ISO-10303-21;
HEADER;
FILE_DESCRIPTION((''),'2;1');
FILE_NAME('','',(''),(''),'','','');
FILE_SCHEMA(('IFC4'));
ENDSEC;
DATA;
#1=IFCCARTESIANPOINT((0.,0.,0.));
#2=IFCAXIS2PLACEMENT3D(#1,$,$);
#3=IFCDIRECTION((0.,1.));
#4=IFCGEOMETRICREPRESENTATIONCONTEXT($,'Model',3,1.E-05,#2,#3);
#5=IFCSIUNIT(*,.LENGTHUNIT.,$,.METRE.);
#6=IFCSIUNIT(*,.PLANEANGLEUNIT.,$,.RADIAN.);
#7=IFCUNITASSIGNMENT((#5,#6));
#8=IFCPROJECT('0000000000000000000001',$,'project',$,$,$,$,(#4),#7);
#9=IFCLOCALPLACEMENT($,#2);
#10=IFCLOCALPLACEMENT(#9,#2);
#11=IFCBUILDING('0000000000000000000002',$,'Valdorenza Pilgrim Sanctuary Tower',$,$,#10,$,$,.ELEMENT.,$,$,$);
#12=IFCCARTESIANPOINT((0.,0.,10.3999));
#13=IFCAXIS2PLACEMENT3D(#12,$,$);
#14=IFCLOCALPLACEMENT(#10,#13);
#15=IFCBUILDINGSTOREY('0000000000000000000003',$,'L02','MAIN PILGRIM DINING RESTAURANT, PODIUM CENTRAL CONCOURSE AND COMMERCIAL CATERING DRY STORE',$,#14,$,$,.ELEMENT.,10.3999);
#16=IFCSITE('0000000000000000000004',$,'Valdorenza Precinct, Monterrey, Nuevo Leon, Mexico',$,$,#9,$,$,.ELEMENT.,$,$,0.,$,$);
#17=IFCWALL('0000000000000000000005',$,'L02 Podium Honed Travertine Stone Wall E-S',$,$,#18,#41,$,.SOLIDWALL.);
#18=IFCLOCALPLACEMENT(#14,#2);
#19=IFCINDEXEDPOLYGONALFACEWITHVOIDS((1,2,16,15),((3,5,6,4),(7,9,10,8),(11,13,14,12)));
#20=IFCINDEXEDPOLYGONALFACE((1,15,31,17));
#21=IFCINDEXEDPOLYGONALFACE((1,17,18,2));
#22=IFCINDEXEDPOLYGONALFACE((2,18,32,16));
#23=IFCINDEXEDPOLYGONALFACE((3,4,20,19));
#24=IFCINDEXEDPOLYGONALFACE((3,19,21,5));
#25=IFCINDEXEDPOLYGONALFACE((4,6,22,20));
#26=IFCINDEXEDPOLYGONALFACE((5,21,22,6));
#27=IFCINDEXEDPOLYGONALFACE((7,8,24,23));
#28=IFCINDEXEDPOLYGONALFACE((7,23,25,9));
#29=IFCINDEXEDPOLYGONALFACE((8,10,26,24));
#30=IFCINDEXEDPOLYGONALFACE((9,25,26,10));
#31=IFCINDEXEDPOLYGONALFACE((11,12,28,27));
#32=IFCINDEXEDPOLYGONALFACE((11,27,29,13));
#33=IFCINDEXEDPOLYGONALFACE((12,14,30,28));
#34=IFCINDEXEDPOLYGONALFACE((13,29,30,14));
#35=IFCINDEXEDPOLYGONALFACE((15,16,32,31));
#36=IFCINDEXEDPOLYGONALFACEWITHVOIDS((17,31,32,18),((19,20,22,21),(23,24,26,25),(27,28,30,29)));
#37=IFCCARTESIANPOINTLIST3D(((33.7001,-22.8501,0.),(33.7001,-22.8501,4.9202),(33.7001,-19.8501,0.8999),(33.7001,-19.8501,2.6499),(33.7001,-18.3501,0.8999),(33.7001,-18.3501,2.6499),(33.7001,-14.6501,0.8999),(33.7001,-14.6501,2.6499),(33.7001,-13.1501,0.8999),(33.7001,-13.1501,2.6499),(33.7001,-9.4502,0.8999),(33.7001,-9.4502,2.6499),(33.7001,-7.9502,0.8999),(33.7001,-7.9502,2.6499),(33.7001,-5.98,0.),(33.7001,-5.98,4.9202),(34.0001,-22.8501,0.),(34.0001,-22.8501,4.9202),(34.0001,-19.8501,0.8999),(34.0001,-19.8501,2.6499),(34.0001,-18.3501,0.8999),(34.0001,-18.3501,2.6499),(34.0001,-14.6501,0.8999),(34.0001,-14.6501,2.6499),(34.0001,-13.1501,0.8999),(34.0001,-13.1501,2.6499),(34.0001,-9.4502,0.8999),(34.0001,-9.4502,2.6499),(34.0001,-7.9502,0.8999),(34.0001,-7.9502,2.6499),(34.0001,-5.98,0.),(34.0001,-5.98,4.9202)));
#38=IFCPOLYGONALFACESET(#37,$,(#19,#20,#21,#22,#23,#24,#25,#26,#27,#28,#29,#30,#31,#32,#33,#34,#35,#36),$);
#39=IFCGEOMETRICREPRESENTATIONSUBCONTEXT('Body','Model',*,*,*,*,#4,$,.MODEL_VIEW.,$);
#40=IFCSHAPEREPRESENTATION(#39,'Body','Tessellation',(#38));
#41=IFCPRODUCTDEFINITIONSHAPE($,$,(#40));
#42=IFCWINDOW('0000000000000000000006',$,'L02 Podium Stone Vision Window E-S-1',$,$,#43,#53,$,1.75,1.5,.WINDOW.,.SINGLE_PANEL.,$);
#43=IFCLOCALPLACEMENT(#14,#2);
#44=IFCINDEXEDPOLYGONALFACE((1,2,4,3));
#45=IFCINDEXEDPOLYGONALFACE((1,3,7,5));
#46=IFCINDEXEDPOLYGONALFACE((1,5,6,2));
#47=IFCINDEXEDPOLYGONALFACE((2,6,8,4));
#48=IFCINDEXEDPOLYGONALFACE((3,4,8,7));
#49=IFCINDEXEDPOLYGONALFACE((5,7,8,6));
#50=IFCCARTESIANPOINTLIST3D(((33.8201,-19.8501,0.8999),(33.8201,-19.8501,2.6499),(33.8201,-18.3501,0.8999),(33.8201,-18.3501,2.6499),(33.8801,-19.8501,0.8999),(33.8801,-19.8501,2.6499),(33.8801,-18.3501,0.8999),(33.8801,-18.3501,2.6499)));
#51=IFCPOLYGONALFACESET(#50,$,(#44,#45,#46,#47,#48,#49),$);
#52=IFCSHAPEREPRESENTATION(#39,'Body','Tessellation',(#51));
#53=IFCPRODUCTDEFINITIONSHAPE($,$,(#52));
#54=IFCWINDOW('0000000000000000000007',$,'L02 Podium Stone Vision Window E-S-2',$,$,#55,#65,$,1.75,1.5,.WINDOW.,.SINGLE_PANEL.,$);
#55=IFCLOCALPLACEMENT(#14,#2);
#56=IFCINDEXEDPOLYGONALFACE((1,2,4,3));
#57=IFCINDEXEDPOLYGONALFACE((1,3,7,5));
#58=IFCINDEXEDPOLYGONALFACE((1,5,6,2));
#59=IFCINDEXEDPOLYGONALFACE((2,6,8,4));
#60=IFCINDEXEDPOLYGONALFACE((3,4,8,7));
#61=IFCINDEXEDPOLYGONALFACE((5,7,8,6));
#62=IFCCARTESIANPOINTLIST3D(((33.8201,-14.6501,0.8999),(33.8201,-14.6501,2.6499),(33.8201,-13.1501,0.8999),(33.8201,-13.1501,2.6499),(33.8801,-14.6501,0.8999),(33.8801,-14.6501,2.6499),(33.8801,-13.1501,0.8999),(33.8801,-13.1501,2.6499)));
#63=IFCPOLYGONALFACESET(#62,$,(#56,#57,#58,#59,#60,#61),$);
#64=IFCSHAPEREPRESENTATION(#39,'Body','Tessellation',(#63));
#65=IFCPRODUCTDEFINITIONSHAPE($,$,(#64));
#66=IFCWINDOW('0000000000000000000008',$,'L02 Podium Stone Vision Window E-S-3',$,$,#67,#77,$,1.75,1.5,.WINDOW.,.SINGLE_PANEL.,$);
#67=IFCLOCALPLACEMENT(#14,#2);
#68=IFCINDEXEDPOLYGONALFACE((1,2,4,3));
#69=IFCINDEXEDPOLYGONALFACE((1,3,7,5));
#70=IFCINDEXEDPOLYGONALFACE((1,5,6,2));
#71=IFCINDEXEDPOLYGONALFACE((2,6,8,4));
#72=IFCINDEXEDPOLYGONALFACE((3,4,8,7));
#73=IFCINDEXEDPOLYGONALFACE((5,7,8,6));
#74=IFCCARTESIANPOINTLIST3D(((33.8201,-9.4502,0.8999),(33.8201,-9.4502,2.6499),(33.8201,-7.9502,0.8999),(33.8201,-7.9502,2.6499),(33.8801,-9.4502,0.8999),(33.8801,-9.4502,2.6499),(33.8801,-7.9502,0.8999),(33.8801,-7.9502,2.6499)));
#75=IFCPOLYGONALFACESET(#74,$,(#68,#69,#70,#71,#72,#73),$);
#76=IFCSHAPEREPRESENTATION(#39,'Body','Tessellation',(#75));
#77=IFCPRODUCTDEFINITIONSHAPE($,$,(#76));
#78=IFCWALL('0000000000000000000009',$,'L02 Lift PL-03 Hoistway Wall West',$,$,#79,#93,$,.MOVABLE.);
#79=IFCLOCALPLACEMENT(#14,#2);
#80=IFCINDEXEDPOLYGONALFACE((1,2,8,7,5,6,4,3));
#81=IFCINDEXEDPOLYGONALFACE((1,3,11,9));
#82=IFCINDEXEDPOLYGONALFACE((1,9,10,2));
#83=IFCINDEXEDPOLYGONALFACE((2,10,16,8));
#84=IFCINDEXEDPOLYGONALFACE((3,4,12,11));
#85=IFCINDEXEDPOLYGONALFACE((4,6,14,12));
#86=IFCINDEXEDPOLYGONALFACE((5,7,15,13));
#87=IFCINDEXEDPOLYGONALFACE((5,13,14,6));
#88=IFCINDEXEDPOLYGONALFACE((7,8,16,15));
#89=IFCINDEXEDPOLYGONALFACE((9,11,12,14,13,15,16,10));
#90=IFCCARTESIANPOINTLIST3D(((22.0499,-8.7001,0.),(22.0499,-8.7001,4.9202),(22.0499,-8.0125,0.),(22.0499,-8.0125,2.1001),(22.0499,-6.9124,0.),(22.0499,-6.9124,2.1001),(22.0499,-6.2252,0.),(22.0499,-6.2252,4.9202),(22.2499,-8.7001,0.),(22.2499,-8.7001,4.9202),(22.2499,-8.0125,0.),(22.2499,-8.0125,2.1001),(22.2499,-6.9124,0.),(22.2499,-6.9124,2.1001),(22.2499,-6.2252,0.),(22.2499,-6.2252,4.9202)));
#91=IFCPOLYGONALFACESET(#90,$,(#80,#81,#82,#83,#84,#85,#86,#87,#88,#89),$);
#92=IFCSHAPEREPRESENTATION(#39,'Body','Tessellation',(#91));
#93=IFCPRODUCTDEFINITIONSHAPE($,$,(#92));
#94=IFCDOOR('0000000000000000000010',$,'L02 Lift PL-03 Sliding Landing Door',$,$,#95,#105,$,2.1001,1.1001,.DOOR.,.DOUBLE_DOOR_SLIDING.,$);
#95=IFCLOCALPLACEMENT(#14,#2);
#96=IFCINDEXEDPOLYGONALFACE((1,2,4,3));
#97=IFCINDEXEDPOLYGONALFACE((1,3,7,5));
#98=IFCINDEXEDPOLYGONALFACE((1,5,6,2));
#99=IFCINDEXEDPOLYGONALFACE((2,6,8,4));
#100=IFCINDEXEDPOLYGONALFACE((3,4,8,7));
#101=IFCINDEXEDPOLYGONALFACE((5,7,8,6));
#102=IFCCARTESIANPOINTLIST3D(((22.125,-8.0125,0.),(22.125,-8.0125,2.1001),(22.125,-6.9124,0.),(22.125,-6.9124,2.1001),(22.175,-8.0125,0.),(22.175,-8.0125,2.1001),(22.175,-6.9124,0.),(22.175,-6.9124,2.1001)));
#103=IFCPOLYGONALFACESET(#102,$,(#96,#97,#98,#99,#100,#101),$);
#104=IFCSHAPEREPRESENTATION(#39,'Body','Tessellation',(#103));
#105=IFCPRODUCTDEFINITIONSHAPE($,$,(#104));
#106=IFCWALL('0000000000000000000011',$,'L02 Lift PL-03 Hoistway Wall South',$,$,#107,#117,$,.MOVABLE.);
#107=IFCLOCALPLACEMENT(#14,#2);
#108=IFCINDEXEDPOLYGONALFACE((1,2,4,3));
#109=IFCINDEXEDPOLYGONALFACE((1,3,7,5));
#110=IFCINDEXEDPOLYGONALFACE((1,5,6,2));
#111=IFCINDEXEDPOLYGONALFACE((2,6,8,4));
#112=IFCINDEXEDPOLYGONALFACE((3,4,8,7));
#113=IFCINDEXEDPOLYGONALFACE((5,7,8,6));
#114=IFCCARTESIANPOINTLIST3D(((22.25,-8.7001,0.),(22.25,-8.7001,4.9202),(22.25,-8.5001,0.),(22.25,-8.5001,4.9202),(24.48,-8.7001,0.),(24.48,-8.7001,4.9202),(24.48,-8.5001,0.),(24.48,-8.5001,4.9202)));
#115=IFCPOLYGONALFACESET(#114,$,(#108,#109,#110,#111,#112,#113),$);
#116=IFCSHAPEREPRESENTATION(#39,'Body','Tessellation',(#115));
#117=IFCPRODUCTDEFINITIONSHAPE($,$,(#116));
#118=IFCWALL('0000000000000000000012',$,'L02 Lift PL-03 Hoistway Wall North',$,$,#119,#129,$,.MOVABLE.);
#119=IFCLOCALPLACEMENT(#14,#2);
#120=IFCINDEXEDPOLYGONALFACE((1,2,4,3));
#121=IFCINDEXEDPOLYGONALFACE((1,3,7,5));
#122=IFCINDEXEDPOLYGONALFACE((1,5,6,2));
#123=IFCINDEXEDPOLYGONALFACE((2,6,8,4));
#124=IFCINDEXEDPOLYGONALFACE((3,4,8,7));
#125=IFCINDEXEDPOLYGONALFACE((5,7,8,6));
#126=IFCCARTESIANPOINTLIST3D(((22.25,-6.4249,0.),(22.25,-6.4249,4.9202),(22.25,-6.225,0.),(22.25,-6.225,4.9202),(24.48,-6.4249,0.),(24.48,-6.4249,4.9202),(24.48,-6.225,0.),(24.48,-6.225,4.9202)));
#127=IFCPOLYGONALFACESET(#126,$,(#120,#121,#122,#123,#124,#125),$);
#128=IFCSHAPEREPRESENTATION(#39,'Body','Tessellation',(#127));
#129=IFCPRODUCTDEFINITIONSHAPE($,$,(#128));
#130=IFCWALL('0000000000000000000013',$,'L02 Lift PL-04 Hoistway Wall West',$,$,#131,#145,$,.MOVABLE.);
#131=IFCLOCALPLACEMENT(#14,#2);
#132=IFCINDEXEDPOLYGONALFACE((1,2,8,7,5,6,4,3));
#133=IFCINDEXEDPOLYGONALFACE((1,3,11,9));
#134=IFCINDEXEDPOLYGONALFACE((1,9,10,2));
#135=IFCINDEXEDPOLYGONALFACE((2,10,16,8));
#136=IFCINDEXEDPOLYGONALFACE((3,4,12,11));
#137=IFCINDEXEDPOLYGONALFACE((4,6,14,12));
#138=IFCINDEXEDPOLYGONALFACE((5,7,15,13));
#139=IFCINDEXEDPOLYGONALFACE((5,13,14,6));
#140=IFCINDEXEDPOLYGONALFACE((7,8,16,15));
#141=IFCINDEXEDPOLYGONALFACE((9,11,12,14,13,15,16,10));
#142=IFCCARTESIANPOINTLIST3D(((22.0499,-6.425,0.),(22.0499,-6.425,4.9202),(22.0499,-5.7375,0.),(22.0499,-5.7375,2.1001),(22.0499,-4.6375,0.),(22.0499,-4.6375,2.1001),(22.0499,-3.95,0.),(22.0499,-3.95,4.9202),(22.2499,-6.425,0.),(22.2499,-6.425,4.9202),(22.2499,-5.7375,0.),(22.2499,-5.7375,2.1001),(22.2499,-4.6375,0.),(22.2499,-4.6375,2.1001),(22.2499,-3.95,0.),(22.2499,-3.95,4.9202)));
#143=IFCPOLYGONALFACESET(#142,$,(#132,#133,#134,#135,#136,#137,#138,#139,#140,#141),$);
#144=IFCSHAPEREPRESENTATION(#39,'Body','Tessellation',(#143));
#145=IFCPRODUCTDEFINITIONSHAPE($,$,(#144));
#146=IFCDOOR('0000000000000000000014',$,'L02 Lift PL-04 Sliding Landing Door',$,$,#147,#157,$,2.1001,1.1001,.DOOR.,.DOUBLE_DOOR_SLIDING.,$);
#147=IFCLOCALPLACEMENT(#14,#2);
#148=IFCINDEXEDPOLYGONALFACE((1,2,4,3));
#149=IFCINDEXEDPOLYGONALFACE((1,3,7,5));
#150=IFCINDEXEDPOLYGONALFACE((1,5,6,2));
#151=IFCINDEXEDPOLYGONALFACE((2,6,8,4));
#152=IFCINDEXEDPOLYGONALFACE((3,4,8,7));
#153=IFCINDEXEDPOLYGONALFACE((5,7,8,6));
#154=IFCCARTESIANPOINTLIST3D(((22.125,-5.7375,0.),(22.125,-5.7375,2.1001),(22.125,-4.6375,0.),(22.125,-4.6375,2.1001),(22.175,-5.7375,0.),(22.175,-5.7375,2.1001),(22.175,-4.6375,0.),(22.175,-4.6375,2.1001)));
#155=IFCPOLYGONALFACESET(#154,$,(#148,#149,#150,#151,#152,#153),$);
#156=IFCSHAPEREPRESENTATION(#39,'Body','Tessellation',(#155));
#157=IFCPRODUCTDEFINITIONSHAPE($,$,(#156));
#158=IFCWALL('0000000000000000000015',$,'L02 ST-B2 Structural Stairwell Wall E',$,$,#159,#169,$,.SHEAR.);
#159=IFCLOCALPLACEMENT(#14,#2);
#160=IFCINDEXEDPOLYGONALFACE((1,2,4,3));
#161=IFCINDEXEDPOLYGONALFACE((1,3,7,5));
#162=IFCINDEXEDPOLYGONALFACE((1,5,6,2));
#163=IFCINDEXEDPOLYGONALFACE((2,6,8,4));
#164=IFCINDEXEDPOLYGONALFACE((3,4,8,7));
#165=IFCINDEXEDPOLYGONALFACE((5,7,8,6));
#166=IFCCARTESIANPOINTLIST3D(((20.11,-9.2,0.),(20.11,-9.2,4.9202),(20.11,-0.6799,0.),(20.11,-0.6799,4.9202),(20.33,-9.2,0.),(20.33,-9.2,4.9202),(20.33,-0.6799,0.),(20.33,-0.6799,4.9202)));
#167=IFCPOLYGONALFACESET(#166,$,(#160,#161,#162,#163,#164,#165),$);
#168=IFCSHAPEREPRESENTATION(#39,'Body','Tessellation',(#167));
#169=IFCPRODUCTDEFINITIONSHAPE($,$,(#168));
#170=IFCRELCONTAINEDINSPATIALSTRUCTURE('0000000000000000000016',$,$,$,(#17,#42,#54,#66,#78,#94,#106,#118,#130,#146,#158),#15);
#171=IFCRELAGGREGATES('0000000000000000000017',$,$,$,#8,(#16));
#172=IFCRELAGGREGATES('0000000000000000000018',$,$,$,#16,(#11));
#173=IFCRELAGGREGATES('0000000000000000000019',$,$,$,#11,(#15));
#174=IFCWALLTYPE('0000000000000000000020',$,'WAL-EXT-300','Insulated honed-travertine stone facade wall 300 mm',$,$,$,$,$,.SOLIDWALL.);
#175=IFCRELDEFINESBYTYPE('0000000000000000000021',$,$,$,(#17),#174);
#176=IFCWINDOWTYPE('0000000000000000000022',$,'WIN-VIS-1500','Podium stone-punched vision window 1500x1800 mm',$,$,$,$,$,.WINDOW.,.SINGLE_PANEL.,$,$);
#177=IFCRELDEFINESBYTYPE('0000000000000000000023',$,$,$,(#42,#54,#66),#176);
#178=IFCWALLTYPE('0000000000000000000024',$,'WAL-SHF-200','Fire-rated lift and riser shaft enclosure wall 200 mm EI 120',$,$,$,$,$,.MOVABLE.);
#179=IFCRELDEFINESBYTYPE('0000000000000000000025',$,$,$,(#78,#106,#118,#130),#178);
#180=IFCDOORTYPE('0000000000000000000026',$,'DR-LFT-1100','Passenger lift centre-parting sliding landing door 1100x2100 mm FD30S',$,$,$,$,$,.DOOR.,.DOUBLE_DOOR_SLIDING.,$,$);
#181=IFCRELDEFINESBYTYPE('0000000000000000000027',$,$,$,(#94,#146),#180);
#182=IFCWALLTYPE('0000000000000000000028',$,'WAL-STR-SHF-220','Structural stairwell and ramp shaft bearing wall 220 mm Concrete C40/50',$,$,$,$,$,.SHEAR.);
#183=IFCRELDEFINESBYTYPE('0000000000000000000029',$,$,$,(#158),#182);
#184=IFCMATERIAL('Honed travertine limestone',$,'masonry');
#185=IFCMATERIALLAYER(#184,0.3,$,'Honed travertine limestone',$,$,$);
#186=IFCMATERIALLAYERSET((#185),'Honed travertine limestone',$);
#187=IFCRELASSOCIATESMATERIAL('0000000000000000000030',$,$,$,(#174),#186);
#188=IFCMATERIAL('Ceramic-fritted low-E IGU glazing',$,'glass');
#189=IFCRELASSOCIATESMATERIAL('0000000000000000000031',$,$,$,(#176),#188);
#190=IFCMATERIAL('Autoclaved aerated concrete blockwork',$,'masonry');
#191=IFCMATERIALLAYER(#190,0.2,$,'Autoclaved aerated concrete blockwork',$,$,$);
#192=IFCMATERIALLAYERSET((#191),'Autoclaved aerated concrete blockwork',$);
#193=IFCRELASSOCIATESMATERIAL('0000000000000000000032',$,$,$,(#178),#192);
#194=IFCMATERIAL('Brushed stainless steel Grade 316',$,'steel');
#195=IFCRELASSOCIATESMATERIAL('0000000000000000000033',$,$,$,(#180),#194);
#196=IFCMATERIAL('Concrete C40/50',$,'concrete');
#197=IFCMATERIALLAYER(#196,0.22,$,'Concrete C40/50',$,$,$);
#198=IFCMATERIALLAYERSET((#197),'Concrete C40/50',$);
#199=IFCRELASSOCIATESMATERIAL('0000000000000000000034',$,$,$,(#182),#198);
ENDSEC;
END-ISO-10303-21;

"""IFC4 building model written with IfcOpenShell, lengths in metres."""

from ifc_helpers import new_model, si_unit, direction, frame, frame_2d, origin, place, context, subcontext, project, spatial, rectangle, extrude, material, layer, layer_set, type_object, element, fill, save


model = new_model("IFC4")

# Units and contexts
model_context = context("Model", 3, precision=1e-05, world=origin(), true_north=direction((0.0, 1.0)))
body_context = subcontext(model_context, "Body", "Model", "MODEL_VIEW")
ifc_project = project(units=[si_unit("LENGTHUNIT", "METRE"), si_unit("PLANEANGLEUNIT", "RADIAN")], contexts=[model_context])

# Site, building, storey
site_placement = place(None, origin())
site = spatial("IfcSite", under=ifc_project, at=site_placement, Name="Valdorenza Precinct, Monterrey, Nuevo Leon, Mexico", CompositionType="ELEMENT", RefElevation=0.0)
building_placement = place(site_placement, origin())
building = spatial("IfcBuilding", under=site, at=building_placement, Name="Valdorenza Pilgrim Sanctuary Tower", CompositionType="ELEMENT")
storey_placement = place(building_placement, frame((0.0, 0.0, 10.3999)))
storey = spatial("IfcBuildingStorey", under=building, at=storey_placement, Name="L02", Description="MAIN PILGRIM DINING RESTAURANT, PODIUM CENTRAL CONCOURSE AND COMMERCIAL CATERING DRY STORE", CompositionType="ELEMENT", Elevation=10.3999)

# Wall, openings, windows
ifc_material_1 = material(Name="Honed travertine limestone", Category="masonry")
ifc_layer_1 = layer(ifc_material_1, 0.3, Name="Honed travertine limestone")
ifc_layer_set_1 = layer_set([ifc_layer_1], Name="Honed travertine limestone")
wall_type_1 = type_object("IfcWallType", Name="WAL-EXT-300", Description="Insulated honed-travertine stone facade wall 300 mm", PredefinedType="SOLIDWALL", material=ifc_layer_set_1)
wall_1_placement = place(storey_placement, frame((33.8501, -22.8501, 0.0), z_axis=(0.0, 0.0, 1.0), x_axis=(0.0, 1.0, 0.0)))
wall_1 = element("IfcWall", 1, at=wall_1_placement, inside=storey, type_object=wall_type_1, Name="L02 Podium Honed Travertine Stone Wall E-S", PredefinedType="SOLIDWALL", context=body_context, shape_type="SweptSolid", body=[
    extrude(rectangle(XDim=16.8701, YDim=0.3, at=frame_2d((8.4351, 0.0))), origin(), (0.0, 0.0, 1.0), 4.9202),
])
opening_1_placement = place(wall_1_placement, frame((3.0, 0.0, 0.8999)))
opening_1 = element("IfcOpeningElement", 2, at=opening_1_placement, cuts=wall_1, PredefinedType="OPENING", context=body_context, shape_type="SweptSolid", body=[
    extrude(rectangle(XDim=1.5, YDim=1.75, at=frame_2d((0.75, 0.875))), frame((0.0, 0.165, 0.0), z_axis=(0.0, -1.0, 0.0), x_axis=(1.0, 0.0, 0.0)), (0.0, 0.0, 1.0), 0.3298),
])
opening_2_placement = place(wall_1_placement, frame((8.2, 0.0, 0.8999)))
opening_2 = element("IfcOpeningElement", 3, at=opening_2_placement, cuts=wall_1, PredefinedType="OPENING", context=body_context, shape_type="SweptSolid", body=[
    extrude(rectangle(XDim=1.5, YDim=1.75, at=frame_2d((0.75, 0.875))), frame((0.0, 0.165, 0.0), z_axis=(0.0, -1.0, 0.0), x_axis=(1.0, 0.0, 0.0)), (0.0, 0.0, 1.0), 0.3298),
])
opening_3_placement = place(wall_1_placement, frame((13.3999, 0.0, 0.8999)))
opening_3 = element("IfcOpeningElement", 4, at=opening_3_placement, cuts=wall_1, PredefinedType="OPENING", context=body_context, shape_type="SweptSolid", body=[
    extrude(rectangle(XDim=1.5, YDim=1.75, at=frame_2d((0.75, 0.875))), frame((0.0, 0.165, 0.0), z_axis=(0.0, -1.0, 0.0), x_axis=(1.0, 0.0, 0.0)), (0.0, 0.0, 1.0), 0.3298),
])
ifc_material_2 = material(Name="Ceramic-fritted low-E IGU glazing", Category="glass")
window_type = type_object("IfcWindowType", Name="WIN-VIS-1500", Description="Podium stone-punched vision window 1500x1800 mm", PartitioningType="SINGLE_PANEL", PredefinedType="WINDOW", material=ifc_material_2)
window_1_placement = place(opening_1_placement, origin())
window_1 = element("IfcWindow", 5, at=window_1_placement, inside=storey, type_object=window_type, Name="L02 Podium Stone Vision Window E-S-1", OverallHeight=1.75, OverallWidth=1.5, PartitioningType="SINGLE_PANEL", PredefinedType="WINDOW", context=body_context, shape_type="SweptSolid", body=[
    extrude(rectangle(XDim=1.5, YDim=1.75, at=frame_2d((0.75, 0.875))), frame((0.0, 0.03, 0.0), z_axis=(0.0, -1.0, 0.0), x_axis=(1.0, 0.0, 0.0)), (0.0, 0.0, 1.0), 0.0601),
])
fill(opening_1, window_1)
window_2_placement = place(opening_2_placement, origin())
window_2 = element("IfcWindow", 6, at=window_2_placement, inside=storey, type_object=window_type, Name="L02 Podium Stone Vision Window E-S-2", OverallHeight=1.75, OverallWidth=1.5, PartitioningType="SINGLE_PANEL", PredefinedType="WINDOW", context=body_context, shape_type="SweptSolid", body=[
    extrude(rectangle(XDim=1.5, YDim=1.75, at=frame_2d((0.75, 0.875))), frame((0.0, 0.03, 0.0), z_axis=(0.0, -1.0, 0.0), x_axis=(1.0, 0.0, 0.0)), (0.0, 0.0, 1.0), 0.0601),
])
fill(opening_2, window_2)
window_3_placement = place(opening_3_placement, origin())
window_3 = element("IfcWindow", 7, at=window_3_placement, inside=storey, type_object=window_type, Name="L02 Podium Stone Vision Window E-S-3", OverallHeight=1.75, OverallWidth=1.5, PartitioningType="SINGLE_PANEL", PredefinedType="WINDOW", context=body_context, shape_type="SweptSolid", body=[
    extrude(rectangle(XDim=1.5, YDim=1.75, at=frame_2d((0.75, 0.875))), frame((0.0, 0.03, 0.0), z_axis=(0.0, -1.0, 0.0), x_axis=(1.0, 0.0, 0.0)), (0.0, 0.0, 1.0), 0.0601),
])
fill(opening_3, window_3)

# Wall, opening, door
ifc_material_3 = material(Name="Autoclaved aerated concrete blockwork", Category="masonry")
ifc_layer_2 = layer(ifc_material_3, 0.2, Name="Autoclaved aerated concrete blockwork")
ifc_layer_set_2 = layer_set([ifc_layer_2], Name="Autoclaved aerated concrete blockwork")
wall_type_2 = type_object("IfcWallType", Name="WAL-SHF-200", Description="Fire-rated lift and riser shaft enclosure wall 200 mm EI 120", PredefinedType="MOVABLE", material=ifc_layer_set_2)
wall_2_placement = place(storey_placement, frame((22.1499, -8.7, 0.0), z_axis=(0.0, 0.0, 1.0), x_axis=(0.0, 1.0, 0.0)))
wall_2 = element("IfcWall", 8, at=wall_2_placement, inside=storey, type_object=wall_type_2, Name="L02 Lift PL-03 Hoistway Wall West", PredefinedType="MOVABLE", context=body_context, shape_type="SweptSolid", body=[
    extrude(rectangle(XDim=2.4749, YDim=0.2, at=frame_2d((1.2373, 0.0))), origin(), (0.0, 0.0, 1.0), 4.9202),
])
opening_4_placement = place(wall_2_placement, frame((0.6875, 0.0, 0.0)))
opening_4 = element("IfcOpeningElement", 9, at=opening_4_placement, cuts=wall_2, PredefinedType="OPENING", context=body_context, shape_type="SweptSolid", body=[
    extrude(rectangle(XDim=1.1001, YDim=2.1001, at=frame_2d((0.55, 1.05))), frame((0.0, 0.1147, 0.0), z_axis=(0.0, -1.0, 0.0), x_axis=(1.0, 0.0, 0.0)), (0.0, 0.0, 1.0), 0.2297),
])
ifc_material_4 = material(Name="Brushed stainless steel Grade 316", Category="steel")
door_type_1 = type_object("IfcDoorType", Name="DR-LFT-1100", Description="Passenger lift centre-parting sliding landing door 1100x2100 mm FD30S", OperationType="DOUBLE_DOOR_SLIDING", PredefinedType="DOOR", material=ifc_material_4)
door_1_placement = place(opening_4_placement, origin())
door_1 = element("IfcDoor", 10, at=door_1_placement, inside=storey, type_object=door_type_1, Name="L02 Lift PL-03 Sliding Landing Door", OperationType="DOUBLE_DOOR_SLIDING", OverallHeight=2.1001, OverallWidth=1.1001, PredefinedType="DOOR", context=body_context, shape_type="SweptSolid", body=[
    extrude(rectangle(XDim=1.1001, YDim=2.1001, at=frame_2d((0.55, 1.05))), frame((0.0, 0.0249, 0.0), z_axis=(0.0, -1.0, 0.0), x_axis=(1.0, 0.0, 0.0)), (0.0, 0.0, 1.0), 0.05),
])
fill(opening_4, door_1)

# Walls
for number, where, z_axis, x_axis, name in (
    (11, (22.25, -8.6001, 0.0), (0.0, 0.0, 1.0), (1.0, 0.0, 0.0), "L02 Lift PL-03 Hoistway Wall South"),
    (12, (22.25, -6.325, 0.0), (0.0, 0.0, 1.0), (1.0, 0.0, 0.0), "L02 Lift PL-03 Hoistway Wall North"),
):
    element("IfcWall", number, at=place(storey_placement, frame(where, z_axis=z_axis, x_axis=x_axis)), inside=storey, type_object=wall_type_2, Name=name, PredefinedType="MOVABLE", context=body_context, shape_type="SweptSolid", body=[
        extrude(rectangle(XDim=2.23, YDim=0.2, at=frame_2d((1.115, 0.0))), origin(), (0.0, 0.0, 1.0), 4.9202),
    ])

# Wall, opening, door
wall_3_placement = place(storey_placement, frame((22.1499, -6.425, 0.0), z_axis=(0.0, 0.0, 1.0), x_axis=(0.0, 1.0, 0.0)))
wall_3 = element("IfcWall", 13, at=wall_3_placement, inside=storey, type_object=wall_type_2, Name="L02 Lift PL-04 Hoistway Wall West", PredefinedType="MOVABLE", context=body_context, shape_type="SweptSolid", body=[
    extrude(rectangle(XDim=2.4751, YDim=0.2, at=frame_2d((1.2375, 0.0))), origin(), (0.0, 0.0, 1.0), 4.9202),
])
opening_5_placement = place(wall_3_placement, frame((0.6875, 0.0, 0.0)))
opening_5 = element("IfcOpeningElement", 14, at=opening_5_placement, cuts=wall_3, PredefinedType="OPENING", context=body_context, shape_type="SweptSolid", body=[
    extrude(rectangle(XDim=1.1001, YDim=2.1001, at=frame_2d((0.55, 1.05))), frame((0.0, 0.1147, 0.0), z_axis=(0.0, -1.0, 0.0), x_axis=(1.0, 0.0, 0.0)), (0.0, 0.0, 1.0), 0.2297),
])
door_2_placement = place(opening_5_placement, origin())
door_2 = element("IfcDoor", 15, at=door_2_placement, inside=storey, type_object=door_type_1, Name="L02 Lift PL-04 Sliding Landing Door", OperationType="DOUBLE_DOOR_SLIDING", OverallHeight=2.1001, OverallWidth=1.1001, PredefinedType="DOOR", context=body_context, shape_type="SweptSolid", body=[
    extrude(rectangle(XDim=1.1001, YDim=2.1001, at=frame_2d((0.55, 1.05))), frame((0.0, 0.0249, 0.0), z_axis=(0.0, -1.0, 0.0), x_axis=(1.0, 0.0, 0.0)), (0.0, 0.0, 1.0), 0.05),
])
fill(opening_5, door_2)

# Wall
ifc_material_5 = material(Name="Concrete C40/50", Category="concrete")
ifc_layer_3 = layer(ifc_material_5, 0.22, Name="Concrete C40/50")
ifc_layer_set_3 = layer_set([ifc_layer_3], Name="Concrete C40/50")
wall_type_3 = type_object("IfcWallType", Name="WAL-STR-SHF-220", Description="Structural stairwell and ramp shaft bearing wall 220 mm Concrete C40/50", PredefinedType="SHEAR", material=ifc_layer_set_3)
wall_4_placement = place(storey_placement, frame((20.22, -9.2, 0.0), z_axis=(0.0, 0.0, 1.0), x_axis=(0.0, 1.0, 0.0)))
element("IfcWall", 16, at=wall_4_placement, inside=storey, type_object=wall_type_3, Name="L02 ST-B2 Structural Stairwell Wall E", PredefinedType="SHEAR", context=body_context, shape_type="SweptSolid", body=[
    extrude(rectangle(XDim=8.52, YDim=0.22, at=frame_2d((4.26, 0.0))), origin(), (0.0, 0.0, 1.0), 4.9202),
])

save(model, "model.ifc")
